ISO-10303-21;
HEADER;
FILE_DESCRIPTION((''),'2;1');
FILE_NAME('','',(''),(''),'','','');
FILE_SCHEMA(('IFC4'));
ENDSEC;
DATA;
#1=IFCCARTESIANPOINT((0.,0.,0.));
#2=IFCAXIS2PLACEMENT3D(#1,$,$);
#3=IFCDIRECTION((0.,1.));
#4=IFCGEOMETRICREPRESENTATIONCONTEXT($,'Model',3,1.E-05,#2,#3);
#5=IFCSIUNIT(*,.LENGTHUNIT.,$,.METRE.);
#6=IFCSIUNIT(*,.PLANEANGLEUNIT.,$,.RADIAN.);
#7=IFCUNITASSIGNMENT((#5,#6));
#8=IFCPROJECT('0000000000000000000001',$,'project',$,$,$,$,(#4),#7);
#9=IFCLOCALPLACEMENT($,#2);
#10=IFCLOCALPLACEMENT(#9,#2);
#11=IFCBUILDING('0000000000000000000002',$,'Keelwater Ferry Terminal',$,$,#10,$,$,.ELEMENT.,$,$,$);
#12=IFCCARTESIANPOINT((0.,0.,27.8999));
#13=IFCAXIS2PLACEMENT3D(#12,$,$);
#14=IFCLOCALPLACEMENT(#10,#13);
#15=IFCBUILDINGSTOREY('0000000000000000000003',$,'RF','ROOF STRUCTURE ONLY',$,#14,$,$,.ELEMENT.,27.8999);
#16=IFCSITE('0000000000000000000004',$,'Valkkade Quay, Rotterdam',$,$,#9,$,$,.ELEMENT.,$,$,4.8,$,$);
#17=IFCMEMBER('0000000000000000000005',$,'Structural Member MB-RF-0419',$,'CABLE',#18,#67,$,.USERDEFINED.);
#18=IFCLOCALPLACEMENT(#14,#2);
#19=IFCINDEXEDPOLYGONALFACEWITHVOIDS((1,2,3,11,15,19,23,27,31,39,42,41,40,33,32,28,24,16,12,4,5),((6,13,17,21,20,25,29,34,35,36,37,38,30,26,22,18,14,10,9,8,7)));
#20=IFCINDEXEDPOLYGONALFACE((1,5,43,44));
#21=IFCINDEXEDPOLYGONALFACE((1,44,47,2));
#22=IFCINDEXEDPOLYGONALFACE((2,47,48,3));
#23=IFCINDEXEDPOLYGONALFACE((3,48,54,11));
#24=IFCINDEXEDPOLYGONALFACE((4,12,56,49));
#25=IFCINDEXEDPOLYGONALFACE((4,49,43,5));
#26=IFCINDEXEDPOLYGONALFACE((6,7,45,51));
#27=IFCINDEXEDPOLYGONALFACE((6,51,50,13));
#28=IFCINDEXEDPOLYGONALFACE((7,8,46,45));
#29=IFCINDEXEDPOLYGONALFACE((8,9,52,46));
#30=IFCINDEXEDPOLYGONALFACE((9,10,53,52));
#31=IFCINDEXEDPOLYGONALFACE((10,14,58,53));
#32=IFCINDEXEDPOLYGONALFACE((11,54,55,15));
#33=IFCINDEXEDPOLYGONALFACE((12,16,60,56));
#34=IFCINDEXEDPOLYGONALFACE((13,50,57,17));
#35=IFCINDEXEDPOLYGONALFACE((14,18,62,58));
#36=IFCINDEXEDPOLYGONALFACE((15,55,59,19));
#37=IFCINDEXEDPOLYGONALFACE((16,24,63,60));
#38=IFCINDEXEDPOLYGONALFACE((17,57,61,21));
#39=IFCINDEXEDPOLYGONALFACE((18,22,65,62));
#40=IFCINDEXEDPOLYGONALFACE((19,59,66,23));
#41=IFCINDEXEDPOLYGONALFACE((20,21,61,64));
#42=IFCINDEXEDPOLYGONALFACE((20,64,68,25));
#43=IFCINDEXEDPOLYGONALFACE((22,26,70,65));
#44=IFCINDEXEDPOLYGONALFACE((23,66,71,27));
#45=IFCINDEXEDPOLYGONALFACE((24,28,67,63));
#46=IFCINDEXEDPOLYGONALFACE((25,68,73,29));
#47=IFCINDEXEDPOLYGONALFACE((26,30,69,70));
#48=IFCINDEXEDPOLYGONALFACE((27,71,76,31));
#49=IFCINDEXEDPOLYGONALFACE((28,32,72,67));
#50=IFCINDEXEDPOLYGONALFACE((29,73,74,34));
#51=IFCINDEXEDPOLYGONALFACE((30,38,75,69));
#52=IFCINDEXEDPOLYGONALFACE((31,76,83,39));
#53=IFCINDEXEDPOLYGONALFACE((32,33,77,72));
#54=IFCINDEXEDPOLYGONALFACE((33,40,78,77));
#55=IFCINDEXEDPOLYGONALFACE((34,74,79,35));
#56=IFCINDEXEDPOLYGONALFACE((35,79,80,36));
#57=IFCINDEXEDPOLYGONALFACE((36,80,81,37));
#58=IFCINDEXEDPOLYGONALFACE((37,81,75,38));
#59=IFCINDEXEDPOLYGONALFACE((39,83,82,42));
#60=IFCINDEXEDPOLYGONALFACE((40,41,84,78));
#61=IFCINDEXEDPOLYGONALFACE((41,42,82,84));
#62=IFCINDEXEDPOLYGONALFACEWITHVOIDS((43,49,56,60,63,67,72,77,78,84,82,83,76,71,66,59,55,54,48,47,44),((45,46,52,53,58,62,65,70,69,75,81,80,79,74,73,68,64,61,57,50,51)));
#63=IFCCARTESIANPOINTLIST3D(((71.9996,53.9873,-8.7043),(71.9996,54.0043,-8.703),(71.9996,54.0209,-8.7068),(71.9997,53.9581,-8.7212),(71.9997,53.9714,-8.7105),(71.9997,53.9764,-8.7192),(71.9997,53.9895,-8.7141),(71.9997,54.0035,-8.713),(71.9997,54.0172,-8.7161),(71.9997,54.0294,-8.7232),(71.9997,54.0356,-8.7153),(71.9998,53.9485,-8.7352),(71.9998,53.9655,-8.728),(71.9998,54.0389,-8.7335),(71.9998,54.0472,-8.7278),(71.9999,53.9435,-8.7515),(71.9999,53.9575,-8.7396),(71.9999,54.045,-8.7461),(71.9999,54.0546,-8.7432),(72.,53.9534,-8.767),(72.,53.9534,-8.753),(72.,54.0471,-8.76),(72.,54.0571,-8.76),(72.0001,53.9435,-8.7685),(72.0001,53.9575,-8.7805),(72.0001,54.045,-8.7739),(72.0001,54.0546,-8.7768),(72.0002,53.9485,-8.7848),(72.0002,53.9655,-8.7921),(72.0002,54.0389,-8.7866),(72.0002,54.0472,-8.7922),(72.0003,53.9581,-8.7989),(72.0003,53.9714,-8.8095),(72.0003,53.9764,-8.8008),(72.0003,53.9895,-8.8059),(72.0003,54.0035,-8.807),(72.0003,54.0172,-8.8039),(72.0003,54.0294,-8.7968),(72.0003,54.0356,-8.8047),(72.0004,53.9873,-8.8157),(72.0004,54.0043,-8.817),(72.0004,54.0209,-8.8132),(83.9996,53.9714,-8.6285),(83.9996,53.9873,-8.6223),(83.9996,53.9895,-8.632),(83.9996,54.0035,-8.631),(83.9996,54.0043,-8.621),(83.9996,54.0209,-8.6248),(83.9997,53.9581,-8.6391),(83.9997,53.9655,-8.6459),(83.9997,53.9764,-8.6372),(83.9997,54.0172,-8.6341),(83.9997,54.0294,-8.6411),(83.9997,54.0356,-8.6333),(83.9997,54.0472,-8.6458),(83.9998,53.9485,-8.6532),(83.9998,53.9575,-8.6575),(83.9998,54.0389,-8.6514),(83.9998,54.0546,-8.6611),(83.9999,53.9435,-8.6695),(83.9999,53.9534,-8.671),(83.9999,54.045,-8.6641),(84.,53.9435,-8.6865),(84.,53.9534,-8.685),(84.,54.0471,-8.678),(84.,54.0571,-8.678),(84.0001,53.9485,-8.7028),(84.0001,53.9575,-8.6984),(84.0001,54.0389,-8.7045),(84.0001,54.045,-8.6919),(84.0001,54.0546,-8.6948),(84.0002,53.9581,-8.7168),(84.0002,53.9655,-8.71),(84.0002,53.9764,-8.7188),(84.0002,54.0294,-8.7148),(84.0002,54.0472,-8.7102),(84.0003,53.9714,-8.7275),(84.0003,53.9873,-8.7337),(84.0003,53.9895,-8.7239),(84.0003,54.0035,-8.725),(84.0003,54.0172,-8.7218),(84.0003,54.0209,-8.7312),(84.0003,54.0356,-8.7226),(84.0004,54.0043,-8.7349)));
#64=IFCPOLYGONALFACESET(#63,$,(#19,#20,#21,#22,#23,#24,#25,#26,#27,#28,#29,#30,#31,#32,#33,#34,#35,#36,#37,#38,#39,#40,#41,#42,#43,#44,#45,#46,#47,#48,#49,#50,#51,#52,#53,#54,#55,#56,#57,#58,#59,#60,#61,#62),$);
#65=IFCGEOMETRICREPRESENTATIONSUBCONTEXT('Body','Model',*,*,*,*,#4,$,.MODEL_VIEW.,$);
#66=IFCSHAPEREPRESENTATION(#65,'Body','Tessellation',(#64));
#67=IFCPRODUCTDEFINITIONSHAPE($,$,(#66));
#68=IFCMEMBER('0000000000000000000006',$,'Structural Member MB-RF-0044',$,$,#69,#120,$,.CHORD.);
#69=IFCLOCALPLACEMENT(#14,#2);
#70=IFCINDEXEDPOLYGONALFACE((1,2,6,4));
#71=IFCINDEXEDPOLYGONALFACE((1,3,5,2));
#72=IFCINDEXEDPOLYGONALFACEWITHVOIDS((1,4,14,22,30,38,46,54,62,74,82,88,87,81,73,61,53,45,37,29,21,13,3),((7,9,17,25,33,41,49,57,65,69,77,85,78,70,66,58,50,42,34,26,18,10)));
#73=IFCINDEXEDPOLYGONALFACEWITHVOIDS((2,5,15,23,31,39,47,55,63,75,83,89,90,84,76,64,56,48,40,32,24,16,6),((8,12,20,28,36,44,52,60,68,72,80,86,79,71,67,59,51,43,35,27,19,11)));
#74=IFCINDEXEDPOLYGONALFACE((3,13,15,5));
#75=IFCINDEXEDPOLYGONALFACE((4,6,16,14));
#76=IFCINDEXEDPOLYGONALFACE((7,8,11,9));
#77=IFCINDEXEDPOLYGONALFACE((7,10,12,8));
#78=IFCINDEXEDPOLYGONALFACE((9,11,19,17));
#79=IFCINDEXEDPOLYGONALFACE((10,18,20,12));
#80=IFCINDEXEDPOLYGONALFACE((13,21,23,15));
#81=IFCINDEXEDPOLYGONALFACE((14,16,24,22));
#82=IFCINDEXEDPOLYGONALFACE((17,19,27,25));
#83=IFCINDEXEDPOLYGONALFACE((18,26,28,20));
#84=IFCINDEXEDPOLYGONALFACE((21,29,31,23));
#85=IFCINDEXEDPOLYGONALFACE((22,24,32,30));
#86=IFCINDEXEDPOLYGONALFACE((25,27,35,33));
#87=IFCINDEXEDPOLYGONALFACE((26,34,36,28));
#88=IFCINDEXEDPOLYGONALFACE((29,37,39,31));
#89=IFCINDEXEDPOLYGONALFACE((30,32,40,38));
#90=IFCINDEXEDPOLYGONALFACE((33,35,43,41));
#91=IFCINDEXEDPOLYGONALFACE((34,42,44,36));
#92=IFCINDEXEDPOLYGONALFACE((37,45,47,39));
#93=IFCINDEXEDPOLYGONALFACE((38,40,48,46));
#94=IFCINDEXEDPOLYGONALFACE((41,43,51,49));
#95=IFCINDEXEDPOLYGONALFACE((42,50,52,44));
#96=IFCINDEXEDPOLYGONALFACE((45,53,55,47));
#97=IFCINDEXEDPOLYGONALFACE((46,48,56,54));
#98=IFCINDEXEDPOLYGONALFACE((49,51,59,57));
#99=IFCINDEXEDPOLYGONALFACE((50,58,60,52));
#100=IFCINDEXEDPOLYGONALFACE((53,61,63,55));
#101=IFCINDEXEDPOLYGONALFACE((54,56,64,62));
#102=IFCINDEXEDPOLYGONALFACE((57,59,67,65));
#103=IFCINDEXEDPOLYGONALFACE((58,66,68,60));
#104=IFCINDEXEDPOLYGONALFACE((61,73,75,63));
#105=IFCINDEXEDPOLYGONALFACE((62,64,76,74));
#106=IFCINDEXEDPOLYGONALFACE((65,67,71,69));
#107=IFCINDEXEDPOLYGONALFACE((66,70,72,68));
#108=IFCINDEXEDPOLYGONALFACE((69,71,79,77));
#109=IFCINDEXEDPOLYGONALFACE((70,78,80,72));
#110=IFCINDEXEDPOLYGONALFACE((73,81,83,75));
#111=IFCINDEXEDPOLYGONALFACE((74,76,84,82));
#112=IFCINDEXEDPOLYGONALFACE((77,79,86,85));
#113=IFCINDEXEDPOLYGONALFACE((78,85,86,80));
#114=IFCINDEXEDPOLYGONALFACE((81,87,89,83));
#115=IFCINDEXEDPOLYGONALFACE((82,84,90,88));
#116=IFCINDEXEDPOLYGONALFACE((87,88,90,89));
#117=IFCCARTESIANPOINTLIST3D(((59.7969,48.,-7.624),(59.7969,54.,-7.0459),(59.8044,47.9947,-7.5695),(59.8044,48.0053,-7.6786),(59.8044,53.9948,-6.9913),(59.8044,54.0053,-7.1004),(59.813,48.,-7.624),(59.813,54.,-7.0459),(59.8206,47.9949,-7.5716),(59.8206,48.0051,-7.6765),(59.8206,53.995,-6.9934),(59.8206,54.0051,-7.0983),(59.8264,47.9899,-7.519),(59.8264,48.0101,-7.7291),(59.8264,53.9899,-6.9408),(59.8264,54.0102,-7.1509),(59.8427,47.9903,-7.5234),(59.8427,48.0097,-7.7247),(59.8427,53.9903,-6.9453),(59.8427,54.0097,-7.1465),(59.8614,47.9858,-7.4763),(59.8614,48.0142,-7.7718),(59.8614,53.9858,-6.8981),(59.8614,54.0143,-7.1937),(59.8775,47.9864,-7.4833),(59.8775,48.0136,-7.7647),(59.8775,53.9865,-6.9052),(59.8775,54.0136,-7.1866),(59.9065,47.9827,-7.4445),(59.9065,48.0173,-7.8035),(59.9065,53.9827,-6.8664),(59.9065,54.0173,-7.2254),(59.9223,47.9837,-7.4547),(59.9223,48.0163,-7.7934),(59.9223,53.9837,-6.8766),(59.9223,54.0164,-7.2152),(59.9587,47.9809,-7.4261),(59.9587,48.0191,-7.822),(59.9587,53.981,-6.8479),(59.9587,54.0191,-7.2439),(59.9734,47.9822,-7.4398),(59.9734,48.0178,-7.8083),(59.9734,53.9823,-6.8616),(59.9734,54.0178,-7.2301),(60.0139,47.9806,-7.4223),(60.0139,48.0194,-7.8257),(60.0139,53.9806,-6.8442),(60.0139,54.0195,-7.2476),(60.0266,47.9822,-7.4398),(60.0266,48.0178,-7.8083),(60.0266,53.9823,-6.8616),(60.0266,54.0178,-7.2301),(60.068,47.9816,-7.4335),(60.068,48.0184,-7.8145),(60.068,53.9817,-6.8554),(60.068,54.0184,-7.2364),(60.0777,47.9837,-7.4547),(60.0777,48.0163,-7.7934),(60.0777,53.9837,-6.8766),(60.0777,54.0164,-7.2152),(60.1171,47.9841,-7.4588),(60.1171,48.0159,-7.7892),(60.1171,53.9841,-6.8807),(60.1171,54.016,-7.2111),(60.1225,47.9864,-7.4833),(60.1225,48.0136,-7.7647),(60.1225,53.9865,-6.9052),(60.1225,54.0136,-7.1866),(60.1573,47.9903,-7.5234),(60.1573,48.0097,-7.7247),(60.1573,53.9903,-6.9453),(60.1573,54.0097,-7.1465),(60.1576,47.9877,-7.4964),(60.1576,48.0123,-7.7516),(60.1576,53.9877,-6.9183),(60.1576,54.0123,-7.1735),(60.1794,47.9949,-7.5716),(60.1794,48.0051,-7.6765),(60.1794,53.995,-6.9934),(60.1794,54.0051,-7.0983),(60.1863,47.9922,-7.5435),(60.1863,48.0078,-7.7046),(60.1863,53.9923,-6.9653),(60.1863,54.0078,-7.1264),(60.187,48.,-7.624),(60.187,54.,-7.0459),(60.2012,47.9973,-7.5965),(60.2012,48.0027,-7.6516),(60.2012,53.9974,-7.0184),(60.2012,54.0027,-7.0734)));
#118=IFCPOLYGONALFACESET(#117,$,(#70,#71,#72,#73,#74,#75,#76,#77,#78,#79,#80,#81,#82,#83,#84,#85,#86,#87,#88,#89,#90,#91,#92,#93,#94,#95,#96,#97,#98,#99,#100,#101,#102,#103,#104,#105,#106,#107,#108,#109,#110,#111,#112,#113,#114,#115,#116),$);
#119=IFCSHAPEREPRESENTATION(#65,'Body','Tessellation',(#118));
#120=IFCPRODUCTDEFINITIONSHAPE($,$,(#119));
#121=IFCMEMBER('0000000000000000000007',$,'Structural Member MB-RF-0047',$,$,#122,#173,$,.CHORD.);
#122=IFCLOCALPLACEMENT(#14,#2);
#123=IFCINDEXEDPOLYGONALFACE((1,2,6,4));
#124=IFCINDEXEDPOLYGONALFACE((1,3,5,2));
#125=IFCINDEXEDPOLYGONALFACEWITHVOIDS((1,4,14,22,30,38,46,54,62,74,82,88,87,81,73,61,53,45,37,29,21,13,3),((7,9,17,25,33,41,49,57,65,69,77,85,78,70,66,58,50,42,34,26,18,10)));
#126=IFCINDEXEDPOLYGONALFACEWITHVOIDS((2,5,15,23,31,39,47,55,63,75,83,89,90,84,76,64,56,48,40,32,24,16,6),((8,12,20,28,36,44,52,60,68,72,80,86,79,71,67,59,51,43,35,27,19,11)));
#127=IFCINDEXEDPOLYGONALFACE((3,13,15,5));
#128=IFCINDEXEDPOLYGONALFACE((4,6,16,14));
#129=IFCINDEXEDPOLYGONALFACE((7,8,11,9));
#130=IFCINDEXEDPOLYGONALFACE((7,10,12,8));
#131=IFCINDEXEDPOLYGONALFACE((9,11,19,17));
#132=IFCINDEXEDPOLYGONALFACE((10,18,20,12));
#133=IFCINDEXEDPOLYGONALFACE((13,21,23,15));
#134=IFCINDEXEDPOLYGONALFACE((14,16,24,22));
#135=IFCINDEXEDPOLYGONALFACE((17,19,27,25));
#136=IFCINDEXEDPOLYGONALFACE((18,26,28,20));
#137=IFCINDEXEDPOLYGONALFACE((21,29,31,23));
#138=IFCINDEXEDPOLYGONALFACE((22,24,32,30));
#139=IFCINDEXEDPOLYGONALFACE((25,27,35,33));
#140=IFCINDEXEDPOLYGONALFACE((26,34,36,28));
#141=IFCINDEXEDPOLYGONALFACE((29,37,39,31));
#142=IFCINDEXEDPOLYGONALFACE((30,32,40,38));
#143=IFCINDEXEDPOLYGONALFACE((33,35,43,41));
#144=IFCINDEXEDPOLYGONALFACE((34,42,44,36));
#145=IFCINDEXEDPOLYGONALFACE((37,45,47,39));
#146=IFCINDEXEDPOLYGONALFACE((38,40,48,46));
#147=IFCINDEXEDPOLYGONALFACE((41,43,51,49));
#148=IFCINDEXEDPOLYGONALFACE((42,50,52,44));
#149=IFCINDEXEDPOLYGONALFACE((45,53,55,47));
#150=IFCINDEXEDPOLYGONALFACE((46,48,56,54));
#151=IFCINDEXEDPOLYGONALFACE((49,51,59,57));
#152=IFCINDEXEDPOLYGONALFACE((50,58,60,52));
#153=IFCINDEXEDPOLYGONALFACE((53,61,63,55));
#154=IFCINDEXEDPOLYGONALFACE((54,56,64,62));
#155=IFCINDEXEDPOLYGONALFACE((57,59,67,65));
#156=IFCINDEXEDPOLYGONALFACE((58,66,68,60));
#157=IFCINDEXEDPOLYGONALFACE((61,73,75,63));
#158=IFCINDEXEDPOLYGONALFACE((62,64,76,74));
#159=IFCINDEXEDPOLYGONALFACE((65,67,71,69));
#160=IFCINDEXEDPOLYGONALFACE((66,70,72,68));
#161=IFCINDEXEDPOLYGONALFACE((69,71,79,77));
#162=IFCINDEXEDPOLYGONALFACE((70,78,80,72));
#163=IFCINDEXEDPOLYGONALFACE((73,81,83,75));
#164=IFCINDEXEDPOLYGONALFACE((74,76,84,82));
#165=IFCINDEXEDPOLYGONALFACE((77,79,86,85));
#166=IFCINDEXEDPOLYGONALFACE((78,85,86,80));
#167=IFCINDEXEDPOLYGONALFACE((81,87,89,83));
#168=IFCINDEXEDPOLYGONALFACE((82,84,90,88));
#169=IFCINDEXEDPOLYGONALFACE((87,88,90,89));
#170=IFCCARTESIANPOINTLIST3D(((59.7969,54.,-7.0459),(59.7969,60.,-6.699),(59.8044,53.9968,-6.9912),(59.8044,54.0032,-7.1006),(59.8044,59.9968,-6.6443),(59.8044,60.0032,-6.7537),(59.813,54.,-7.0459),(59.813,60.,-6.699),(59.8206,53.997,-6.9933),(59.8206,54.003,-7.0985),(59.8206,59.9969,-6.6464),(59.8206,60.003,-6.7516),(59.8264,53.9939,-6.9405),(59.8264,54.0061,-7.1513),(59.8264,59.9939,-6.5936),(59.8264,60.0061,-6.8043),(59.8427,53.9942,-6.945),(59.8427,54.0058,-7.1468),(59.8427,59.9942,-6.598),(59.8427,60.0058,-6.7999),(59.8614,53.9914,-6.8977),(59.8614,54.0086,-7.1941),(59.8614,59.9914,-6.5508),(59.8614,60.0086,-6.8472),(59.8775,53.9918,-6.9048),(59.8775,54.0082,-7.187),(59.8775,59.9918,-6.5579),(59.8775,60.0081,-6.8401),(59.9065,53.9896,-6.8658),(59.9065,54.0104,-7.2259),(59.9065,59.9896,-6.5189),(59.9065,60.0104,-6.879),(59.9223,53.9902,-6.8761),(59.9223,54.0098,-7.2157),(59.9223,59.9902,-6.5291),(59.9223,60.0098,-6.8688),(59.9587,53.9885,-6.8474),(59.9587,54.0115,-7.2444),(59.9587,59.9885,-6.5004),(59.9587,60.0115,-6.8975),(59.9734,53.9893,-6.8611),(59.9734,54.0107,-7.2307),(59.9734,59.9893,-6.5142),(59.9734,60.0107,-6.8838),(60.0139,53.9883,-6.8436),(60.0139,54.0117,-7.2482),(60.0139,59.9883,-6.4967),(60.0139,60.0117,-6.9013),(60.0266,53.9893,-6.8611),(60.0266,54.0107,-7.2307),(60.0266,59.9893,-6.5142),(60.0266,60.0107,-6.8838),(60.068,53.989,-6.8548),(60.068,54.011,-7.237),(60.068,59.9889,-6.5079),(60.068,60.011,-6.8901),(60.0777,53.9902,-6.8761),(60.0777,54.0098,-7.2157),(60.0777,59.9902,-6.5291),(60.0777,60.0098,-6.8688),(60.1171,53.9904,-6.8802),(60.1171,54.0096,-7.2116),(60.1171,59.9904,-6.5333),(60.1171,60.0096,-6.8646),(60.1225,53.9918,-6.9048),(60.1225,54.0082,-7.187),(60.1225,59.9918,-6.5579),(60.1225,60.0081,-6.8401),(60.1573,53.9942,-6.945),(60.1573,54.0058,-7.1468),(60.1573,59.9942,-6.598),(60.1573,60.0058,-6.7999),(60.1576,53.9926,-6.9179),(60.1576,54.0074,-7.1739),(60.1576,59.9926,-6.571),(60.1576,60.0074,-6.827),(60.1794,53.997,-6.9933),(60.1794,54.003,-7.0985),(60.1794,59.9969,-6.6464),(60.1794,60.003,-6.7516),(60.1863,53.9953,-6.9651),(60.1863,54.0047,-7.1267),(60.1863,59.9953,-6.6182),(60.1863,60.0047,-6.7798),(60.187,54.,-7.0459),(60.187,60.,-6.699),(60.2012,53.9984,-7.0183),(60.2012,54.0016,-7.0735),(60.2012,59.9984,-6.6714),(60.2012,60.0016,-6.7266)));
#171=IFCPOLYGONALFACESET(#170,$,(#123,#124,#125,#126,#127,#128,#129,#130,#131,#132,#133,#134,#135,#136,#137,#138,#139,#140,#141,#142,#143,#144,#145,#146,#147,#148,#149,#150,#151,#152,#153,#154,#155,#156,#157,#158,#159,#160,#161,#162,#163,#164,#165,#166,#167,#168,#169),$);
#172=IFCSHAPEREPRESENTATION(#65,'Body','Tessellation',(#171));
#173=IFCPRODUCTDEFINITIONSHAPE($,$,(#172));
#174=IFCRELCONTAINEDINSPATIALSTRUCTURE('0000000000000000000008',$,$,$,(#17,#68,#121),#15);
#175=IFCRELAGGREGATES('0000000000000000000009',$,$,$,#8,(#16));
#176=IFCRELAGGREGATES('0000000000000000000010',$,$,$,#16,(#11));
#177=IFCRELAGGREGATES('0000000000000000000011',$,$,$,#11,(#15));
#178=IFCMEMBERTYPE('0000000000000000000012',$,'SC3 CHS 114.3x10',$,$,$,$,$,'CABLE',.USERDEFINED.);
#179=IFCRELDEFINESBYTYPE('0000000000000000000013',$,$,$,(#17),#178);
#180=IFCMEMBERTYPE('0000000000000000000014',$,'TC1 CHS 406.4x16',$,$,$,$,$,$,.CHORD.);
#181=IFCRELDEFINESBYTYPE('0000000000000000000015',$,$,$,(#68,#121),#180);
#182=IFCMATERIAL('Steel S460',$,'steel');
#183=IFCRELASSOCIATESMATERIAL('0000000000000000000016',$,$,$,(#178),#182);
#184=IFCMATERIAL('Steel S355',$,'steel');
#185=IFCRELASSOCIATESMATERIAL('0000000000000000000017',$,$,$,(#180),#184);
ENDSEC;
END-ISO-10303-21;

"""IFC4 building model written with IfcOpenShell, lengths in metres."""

from ifc_helpers import new_model, si_unit, direction, frame, origin, origin_2d, place, context, subcontext, project, spatial, hollow_circle, extrude, material, material_profile, profile_set, type_object, element, save


model = new_model("IFC4")

# Units and contexts
model_context = context("Model", 3, precision=1e-05, world=origin(), true_north=direction((0.0, 1.0)))
body_context = subcontext(model_context, "Body", "Model", "MODEL_VIEW")
ifc_project = project(units=[si_unit("LENGTHUNIT", "METRE"), si_unit("PLANEANGLEUNIT", "RADIAN")], contexts=[model_context])

# Site, building, storey
site_placement = place(None, origin())
site = spatial("IfcSite", under=ifc_project, at=site_placement, Name="Valkkade Quay, Rotterdam", CompositionType="ELEMENT", RefElevation=4.8)
building_placement = place(site_placement, origin())
building = spatial("IfcBuilding", under=site, at=building_placement, Name="Keelwater Ferry Terminal", CompositionType="ELEMENT")
storey_placement = place(building_placement, frame((0.0, 0.0, 27.8999)))
storey = spatial("IfcBuildingStorey", under=building, at=storey_placement, Name="RF", Description="ROOF STRUCTURE ONLY", CompositionType="ELEMENT", Elevation=27.8999)

# Members
ifc_material_1 = material(Name="Steel S460", Category="steel")
ifc_material_profile_1 = material_profile(ifc_material_1, hollow_circle(Radius=0.0571, WallThickness=0.01, at=origin_2d()), Name="CHS 114.3x10")
ifc_profile_set_1 = profile_set([ifc_material_profile_1], Name="Steel S460")
member_type_1 = type_object("IfcMemberType", Name="SC3 CHS 114.3x10", ElementType="CABLE", PredefinedType="USERDEFINED", material=ifc_profile_set_1)
member_1_placement = place(storey_placement, frame((72.0, 54.0, -8.76), z_axis=(0.999977, 0.0, 0.006836), x_axis=(0.0, 1.0, 0.0)))
element("IfcMember", 1, at=member_1_placement, inside=storey, type_object=member_type_1, Name="Structural Member MB-RF-0419", ObjectType="CABLE", PredefinedType="USERDEFINED", context=body_context, shape_type="SweptSolid", body=[
    extrude(hollow_circle(Radius=0.0571, WallThickness=0.01, at=origin_2d()), origin(), (0.0, 0.0, 1.0), 12.0002),
])
ifc_material_2 = material(Name="Steel S355", Category="steel")
ifc_material_profile_2 = material_profile(ifc_material_2, hollow_circle(Radius=0.2031, WallThickness=0.0161, at=origin_2d()), Name="CHS 406.4x16")
ifc_profile_set_2 = profile_set([ifc_material_profile_2], Name="Steel S355")
member_type_2 = type_object("IfcMemberType", Name="TC1 CHS 406.4x16", PredefinedType="CHORD", material=ifc_profile_set_2)
member_2_placement = place(storey_placement, frame((60.0, 48.0, -7.624), z_axis=(0.0, 0.99539, 0.09591), x_axis=(-1.0, 0.0, 0.0)))
element("IfcMember", 2, at=member_2_placement, inside=storey, type_object=member_type_2, Name="Structural Member MB-RF-0044", PredefinedType="CHORD", context=body_context, shape_type="SweptSolid", body=[
    extrude(hollow_circle(Radius=0.2031, WallThickness=0.0161, at=origin_2d()), origin(), (0.0, 0.0, 1.0), 6.0278),
])
member_3_placement = place(storey_placement, frame((60.0, 54.0, -7.0459), z_axis=(0.0, 0.998333, 0.057724), x_axis=(-1.0, 0.0, 0.0)))
element("IfcMember", 3, at=member_3_placement, inside=storey, type_object=member_type_2, Name="Structural Member MB-RF-0047", PredefinedType="CHORD", context=body_context, shape_type="SweptSolid", body=[
    extrude(hollow_circle(Radius=0.2031, WallThickness=0.0161, at=origin_2d()), origin(), (0.0, 0.0, 1.0), 6.01),
])

save(model, "model.ifc")
